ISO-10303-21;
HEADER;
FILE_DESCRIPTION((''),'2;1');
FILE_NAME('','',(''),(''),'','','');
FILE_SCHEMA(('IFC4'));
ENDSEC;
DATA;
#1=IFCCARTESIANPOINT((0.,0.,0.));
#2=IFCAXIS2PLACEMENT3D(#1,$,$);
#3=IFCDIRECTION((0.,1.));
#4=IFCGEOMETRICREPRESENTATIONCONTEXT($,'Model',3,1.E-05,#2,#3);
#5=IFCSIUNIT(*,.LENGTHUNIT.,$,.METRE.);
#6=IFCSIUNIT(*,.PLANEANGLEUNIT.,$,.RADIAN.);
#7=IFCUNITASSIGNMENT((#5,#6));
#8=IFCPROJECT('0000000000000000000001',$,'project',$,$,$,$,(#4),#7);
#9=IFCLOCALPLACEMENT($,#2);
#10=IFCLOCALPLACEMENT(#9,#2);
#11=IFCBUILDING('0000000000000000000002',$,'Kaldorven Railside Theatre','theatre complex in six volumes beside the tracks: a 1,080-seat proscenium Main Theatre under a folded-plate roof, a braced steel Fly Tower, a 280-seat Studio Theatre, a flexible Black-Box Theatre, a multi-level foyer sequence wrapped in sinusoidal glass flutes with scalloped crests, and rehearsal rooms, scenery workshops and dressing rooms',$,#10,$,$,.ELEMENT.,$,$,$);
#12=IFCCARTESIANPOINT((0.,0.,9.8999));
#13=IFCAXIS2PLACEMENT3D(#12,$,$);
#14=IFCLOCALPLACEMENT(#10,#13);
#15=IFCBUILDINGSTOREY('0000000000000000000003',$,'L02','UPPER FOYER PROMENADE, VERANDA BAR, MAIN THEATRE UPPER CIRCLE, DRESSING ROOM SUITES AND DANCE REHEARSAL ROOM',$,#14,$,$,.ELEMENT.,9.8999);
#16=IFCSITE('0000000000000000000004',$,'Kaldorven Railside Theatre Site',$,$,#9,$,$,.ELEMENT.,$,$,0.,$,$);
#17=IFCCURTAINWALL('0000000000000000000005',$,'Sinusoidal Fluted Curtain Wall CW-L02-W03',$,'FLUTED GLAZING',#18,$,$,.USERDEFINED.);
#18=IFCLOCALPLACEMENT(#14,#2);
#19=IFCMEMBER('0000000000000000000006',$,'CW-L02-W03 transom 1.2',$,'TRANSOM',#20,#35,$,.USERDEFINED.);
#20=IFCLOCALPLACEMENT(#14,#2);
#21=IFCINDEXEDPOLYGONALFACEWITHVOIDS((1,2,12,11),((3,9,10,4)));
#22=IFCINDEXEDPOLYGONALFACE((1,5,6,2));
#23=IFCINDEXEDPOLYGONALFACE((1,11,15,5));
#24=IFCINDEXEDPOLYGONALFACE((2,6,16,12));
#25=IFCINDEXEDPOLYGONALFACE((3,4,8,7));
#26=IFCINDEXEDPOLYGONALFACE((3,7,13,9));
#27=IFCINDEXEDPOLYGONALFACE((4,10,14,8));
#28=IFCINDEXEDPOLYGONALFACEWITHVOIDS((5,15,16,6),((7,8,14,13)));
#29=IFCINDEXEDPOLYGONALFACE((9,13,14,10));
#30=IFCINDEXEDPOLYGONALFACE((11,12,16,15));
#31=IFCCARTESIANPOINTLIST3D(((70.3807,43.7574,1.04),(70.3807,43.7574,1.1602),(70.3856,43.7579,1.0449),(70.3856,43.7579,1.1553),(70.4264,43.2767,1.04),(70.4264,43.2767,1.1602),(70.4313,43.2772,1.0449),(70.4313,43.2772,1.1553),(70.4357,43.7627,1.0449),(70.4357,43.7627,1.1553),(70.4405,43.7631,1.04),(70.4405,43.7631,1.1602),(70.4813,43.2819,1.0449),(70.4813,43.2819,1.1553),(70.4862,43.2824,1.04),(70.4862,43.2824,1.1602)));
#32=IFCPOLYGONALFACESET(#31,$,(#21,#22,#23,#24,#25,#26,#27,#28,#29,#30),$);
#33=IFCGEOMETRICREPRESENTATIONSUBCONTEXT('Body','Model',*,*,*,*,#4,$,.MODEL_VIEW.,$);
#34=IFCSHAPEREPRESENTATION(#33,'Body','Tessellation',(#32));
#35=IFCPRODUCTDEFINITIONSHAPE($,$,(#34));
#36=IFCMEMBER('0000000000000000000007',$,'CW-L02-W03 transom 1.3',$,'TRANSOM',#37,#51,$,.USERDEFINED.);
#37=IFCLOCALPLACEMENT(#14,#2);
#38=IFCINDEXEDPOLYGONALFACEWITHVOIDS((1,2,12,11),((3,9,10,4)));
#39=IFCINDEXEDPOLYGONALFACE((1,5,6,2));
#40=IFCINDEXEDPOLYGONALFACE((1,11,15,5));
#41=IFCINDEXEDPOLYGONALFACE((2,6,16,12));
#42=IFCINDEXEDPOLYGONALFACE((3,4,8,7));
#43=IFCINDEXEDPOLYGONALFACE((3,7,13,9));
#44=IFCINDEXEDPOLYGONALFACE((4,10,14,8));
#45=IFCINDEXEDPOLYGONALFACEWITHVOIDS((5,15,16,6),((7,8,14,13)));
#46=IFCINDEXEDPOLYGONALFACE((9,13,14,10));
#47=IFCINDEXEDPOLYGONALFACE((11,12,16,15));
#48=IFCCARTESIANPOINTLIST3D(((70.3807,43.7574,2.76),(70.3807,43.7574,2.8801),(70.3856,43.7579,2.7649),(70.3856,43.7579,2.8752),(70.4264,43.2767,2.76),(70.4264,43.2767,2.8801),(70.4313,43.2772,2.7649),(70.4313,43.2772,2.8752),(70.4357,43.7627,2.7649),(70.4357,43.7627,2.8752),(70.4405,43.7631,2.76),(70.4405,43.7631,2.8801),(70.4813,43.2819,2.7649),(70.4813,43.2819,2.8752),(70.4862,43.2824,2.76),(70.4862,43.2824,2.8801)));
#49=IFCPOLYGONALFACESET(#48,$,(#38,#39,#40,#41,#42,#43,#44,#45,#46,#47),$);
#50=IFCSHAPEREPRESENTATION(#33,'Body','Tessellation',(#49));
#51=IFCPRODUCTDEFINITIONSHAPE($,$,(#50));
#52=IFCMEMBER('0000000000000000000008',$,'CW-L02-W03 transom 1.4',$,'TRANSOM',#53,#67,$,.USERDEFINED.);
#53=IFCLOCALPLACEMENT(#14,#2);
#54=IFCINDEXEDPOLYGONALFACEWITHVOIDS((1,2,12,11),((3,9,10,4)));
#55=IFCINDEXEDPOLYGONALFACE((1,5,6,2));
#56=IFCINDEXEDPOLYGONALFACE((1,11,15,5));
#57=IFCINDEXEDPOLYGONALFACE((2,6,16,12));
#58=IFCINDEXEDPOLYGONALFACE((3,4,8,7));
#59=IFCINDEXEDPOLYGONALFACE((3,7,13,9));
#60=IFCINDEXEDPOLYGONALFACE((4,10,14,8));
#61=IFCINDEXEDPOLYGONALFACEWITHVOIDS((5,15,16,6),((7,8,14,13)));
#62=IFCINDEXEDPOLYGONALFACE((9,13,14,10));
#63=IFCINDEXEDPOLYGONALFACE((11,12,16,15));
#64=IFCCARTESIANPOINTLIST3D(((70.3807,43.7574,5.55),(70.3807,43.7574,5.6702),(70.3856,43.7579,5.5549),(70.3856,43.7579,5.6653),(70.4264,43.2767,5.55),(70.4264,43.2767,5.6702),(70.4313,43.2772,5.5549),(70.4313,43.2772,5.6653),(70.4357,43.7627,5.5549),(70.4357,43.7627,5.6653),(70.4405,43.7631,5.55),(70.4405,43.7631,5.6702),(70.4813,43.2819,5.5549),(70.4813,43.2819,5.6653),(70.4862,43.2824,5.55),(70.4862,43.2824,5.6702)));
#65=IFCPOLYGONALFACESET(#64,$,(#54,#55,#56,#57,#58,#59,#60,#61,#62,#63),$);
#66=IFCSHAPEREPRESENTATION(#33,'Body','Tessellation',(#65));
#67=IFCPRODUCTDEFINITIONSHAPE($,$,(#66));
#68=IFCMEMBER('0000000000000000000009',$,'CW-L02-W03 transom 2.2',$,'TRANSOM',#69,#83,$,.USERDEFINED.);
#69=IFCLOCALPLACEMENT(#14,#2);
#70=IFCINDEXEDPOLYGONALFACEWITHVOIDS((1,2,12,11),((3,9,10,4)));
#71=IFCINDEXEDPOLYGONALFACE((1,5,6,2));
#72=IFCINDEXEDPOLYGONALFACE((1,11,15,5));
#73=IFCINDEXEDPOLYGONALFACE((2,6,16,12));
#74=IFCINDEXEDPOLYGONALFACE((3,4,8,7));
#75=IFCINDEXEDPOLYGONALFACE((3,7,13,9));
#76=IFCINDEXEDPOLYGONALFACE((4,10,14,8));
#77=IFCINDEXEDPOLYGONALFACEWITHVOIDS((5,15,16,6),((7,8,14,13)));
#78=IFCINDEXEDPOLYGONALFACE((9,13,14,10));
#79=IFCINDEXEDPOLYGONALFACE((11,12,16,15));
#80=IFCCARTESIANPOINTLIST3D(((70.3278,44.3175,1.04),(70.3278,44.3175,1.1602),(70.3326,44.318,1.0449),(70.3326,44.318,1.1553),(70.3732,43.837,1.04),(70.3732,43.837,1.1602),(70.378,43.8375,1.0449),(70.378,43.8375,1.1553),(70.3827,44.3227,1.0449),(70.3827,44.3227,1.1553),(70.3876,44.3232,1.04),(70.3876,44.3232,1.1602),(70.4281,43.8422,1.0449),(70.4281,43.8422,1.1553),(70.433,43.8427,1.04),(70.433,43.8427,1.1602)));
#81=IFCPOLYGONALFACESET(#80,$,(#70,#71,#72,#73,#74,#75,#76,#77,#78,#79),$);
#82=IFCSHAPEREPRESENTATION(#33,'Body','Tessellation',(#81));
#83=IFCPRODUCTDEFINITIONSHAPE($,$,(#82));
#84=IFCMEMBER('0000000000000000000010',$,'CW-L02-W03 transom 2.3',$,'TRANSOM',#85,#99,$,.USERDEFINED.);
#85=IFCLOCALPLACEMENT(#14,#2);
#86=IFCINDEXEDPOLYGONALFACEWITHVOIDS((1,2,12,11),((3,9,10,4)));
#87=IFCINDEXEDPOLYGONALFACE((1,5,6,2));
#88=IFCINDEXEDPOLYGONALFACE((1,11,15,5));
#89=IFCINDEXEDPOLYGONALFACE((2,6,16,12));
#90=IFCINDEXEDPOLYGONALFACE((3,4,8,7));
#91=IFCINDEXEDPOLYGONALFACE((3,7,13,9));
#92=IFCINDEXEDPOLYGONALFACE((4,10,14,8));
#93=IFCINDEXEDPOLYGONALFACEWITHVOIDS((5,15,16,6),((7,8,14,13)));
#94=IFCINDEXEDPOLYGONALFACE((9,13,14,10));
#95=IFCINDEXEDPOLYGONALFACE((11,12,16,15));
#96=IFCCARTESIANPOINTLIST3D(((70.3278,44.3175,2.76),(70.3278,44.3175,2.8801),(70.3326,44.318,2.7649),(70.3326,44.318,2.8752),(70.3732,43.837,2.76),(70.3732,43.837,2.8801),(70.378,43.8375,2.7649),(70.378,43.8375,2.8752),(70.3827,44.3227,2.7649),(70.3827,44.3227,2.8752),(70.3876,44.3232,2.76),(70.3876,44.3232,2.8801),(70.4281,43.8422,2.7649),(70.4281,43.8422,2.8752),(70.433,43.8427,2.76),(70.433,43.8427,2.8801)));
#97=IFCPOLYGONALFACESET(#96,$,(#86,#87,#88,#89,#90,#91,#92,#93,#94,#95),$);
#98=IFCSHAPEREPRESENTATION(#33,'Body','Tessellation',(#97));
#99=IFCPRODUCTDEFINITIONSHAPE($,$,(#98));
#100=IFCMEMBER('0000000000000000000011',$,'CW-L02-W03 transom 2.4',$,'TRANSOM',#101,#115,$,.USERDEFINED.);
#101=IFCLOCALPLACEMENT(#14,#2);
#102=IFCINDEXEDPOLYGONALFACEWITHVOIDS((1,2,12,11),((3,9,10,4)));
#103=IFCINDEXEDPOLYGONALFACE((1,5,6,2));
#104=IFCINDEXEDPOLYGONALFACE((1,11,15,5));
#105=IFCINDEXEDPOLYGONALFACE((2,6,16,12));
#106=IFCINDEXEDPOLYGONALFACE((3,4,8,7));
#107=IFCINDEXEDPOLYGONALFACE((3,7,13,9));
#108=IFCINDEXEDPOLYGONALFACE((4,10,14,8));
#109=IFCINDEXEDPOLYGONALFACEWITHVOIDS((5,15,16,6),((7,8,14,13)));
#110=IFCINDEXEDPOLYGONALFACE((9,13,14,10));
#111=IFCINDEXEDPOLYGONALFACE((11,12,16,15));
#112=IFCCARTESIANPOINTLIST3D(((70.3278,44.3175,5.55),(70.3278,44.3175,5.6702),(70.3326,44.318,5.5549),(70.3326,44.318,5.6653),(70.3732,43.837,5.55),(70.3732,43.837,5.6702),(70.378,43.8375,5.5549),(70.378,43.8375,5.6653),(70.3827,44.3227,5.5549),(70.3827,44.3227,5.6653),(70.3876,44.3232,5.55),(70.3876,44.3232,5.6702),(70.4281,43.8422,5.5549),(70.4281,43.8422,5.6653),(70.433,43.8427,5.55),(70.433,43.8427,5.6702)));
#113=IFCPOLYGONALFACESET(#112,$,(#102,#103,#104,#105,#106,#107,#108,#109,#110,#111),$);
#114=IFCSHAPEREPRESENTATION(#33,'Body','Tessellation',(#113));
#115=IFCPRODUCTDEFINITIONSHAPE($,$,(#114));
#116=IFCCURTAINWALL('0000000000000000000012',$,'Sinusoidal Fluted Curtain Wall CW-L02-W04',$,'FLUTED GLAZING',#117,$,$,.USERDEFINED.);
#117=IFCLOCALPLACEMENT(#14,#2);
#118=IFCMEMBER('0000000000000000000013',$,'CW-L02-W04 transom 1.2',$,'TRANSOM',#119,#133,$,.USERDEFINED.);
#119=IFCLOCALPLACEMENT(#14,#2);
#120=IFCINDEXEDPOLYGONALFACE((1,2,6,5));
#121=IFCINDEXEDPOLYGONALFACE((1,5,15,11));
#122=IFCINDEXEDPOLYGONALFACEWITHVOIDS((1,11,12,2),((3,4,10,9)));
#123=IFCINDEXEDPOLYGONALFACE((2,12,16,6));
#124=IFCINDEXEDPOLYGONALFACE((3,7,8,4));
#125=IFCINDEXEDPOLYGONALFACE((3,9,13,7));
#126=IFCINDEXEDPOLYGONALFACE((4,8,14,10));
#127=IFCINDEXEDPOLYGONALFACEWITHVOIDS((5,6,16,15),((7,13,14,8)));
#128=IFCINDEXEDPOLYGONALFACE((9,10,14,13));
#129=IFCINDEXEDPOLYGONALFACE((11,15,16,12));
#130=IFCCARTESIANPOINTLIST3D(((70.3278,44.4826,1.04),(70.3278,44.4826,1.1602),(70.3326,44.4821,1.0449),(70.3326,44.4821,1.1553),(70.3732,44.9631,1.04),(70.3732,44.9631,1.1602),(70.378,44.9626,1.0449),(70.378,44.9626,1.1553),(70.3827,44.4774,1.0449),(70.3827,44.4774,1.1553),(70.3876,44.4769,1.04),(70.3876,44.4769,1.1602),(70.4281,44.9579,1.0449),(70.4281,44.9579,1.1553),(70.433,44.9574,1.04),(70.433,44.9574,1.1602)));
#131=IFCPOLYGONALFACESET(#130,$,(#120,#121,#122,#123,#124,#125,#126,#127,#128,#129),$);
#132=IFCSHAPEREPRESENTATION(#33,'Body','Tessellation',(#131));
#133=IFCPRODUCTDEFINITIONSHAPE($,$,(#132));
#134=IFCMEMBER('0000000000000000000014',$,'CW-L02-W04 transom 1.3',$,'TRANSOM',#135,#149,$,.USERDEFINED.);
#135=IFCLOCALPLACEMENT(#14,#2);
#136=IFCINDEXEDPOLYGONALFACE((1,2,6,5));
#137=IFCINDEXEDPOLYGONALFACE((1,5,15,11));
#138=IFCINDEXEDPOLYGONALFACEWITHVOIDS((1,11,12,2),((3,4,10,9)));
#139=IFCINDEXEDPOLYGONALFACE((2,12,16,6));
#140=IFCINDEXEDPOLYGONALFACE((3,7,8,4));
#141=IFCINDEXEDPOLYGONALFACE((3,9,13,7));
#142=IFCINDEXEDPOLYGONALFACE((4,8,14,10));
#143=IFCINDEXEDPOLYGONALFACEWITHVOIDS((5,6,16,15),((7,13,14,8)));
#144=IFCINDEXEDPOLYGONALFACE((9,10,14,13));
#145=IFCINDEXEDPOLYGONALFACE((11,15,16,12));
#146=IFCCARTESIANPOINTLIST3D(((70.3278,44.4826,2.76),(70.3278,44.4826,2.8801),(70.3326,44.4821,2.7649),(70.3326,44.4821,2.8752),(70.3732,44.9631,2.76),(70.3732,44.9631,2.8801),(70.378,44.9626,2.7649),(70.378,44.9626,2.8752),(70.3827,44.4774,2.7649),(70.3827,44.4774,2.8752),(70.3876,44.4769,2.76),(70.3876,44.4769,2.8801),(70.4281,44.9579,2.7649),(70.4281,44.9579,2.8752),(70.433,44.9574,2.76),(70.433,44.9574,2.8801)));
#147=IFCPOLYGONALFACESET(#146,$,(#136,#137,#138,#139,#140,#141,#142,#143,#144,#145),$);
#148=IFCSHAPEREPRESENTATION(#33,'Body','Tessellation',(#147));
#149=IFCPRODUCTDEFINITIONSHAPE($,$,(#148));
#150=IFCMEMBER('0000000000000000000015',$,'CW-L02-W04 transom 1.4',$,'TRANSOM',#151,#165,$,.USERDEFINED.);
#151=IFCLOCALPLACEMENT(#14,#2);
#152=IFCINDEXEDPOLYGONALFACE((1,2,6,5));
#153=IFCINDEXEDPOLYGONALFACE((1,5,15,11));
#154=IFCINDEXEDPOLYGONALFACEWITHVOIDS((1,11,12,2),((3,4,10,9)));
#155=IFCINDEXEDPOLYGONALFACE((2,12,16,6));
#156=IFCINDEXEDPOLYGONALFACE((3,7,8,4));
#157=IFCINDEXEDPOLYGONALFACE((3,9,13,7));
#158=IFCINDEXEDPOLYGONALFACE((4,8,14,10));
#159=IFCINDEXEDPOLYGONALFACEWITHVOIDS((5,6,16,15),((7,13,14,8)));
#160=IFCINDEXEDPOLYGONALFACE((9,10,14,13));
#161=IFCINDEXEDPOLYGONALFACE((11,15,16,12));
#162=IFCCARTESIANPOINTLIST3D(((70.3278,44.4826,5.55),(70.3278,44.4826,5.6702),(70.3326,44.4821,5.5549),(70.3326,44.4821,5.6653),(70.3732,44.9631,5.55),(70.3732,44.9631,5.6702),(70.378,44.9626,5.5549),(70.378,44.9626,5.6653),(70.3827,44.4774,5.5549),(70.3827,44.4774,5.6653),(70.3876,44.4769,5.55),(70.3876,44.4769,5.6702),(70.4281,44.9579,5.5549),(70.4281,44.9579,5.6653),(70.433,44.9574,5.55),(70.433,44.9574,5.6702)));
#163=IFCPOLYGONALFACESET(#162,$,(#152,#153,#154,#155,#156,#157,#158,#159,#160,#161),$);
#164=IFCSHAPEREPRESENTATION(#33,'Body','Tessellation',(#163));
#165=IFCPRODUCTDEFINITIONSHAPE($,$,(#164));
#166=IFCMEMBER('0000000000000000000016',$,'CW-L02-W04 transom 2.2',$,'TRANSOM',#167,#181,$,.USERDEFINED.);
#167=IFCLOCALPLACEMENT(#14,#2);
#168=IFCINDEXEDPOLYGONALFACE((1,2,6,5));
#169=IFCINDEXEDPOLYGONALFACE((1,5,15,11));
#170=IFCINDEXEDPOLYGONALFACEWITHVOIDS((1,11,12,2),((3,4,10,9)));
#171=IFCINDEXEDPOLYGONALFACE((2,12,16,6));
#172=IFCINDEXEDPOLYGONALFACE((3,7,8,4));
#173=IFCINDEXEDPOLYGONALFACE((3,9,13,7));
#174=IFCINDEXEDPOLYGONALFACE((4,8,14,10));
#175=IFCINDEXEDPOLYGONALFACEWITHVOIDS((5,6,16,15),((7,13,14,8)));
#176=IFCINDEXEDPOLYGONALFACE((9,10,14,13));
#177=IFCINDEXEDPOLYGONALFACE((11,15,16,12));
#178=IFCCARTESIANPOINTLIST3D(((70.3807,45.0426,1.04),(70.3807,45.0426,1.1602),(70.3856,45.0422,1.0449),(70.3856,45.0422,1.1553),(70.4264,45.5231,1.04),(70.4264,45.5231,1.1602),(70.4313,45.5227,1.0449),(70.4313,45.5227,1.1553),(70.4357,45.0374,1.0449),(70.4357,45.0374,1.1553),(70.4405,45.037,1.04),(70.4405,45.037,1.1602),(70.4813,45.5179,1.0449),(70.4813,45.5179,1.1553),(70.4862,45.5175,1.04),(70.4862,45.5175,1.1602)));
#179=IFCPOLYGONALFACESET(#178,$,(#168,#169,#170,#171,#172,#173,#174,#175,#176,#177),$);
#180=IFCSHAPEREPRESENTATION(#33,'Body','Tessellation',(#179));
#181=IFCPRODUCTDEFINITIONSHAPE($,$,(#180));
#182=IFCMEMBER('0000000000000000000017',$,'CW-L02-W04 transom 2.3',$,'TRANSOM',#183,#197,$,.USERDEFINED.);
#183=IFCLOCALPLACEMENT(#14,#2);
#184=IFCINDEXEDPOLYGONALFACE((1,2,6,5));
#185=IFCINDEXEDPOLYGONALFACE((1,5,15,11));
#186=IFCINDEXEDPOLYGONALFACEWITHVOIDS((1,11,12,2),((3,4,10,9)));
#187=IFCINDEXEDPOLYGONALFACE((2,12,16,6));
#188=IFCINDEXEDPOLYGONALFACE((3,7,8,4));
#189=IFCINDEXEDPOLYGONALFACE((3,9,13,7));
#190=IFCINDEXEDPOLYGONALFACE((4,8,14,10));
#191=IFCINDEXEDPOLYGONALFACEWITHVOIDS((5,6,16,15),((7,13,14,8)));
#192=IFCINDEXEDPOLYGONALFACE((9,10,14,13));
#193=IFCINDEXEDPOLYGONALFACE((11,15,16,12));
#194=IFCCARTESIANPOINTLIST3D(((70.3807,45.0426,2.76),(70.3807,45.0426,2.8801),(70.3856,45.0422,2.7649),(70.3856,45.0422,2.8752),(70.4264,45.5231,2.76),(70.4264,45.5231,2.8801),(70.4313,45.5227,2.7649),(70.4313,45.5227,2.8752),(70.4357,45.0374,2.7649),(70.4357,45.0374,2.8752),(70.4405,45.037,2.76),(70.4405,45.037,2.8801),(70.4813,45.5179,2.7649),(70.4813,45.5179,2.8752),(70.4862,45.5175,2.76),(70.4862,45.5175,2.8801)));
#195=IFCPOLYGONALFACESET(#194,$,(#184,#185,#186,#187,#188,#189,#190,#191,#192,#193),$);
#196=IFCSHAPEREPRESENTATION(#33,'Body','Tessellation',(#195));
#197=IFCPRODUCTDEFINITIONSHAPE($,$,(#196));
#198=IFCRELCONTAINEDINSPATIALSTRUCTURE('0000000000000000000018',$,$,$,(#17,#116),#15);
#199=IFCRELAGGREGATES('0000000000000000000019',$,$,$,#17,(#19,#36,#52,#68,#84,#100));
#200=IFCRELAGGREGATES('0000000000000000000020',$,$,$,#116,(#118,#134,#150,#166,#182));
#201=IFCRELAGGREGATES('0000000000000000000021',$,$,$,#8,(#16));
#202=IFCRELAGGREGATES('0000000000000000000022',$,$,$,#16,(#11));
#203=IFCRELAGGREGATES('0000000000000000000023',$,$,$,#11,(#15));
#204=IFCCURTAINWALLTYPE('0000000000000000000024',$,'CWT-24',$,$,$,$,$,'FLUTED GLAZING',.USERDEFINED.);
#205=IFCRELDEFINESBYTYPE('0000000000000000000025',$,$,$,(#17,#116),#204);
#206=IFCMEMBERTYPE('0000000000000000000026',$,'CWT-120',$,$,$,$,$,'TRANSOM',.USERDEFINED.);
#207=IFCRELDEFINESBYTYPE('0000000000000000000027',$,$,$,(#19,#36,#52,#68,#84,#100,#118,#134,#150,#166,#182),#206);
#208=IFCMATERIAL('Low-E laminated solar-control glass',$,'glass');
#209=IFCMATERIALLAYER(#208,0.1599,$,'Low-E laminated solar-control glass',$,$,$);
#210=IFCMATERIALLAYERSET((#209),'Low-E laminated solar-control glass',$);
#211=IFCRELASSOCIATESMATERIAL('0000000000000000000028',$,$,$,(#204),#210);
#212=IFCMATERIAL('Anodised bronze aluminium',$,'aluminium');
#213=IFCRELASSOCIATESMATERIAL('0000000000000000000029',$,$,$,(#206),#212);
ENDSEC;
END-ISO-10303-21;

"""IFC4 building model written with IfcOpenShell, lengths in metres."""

from ifc_helpers import new_model, si_unit, direction, frame, origin, origin_2d, place, context, subcontext, project, spatial, hollow_rectangle, extrude, material, layer, layer_set, material_profile, profile_set, type_object, element, aggregate, save


model = new_model("IFC4")

# Units and contexts
model_context = context("Model", 3, precision=1e-05, world=origin(), true_north=direction((0.0, 1.0)))
body_context = subcontext(model_context, "Body", "Model", "MODEL_VIEW")
ifc_project = project(units=[si_unit("LENGTHUNIT", "METRE"), si_unit("PLANEANGLEUNIT", "RADIAN")], contexts=[model_context])

# Site, building, storey
site_placement = place(None, origin())
site = spatial("IfcSite", under=ifc_project, at=site_placement, Name="Kaldorven Railside Theatre Site", CompositionType="ELEMENT", RefElevation=0.0)
building_placement = place(site_placement, origin())
building = spatial("IfcBuilding", under=site, at=building_placement, Name="Kaldorven Railside Theatre", Description="theatre complex in six volumes beside the tracks: a 1,080-seat proscenium Main Theatre under a folded-plate roof, a braced steel Fly Tower, a 280-seat Studio Theatre, a flexible Black-Box Theatre, a multi-level foyer sequence wrapped in sinusoidal glass flutes with scalloped crests, and rehearsal rooms, scenery workshops and dressing rooms", CompositionType="ELEMENT")
storey_placement = place(building_placement, frame((0.0, 0.0, 9.8999)))
storey = spatial("IfcBuildingStorey", under=building, at=storey_placement, Name="L02", Description="UPPER FOYER PROMENADE, VERANDA BAR, MAIN THEATRE UPPER CIRCLE, DRESSING ROOM SUITES AND DANCE REHEARSAL ROOM", CompositionType="ELEMENT", Elevation=9.8999)

# Curtain walls, members
ifc_material_1 = material(Name="Low-E laminated solar-control glass", Category="glass")
ifc_layer_1 = layer(ifc_material_1, 0.1599, Name="Low-E laminated solar-control glass")
ifc_layer_set_1 = layer_set([ifc_layer_1], Name="Low-E laminated solar-control glass")
curtain_wall_type_1 = type_object("IfcCurtainWallType", Name="CWT-24", ElementType="FLUTED GLAZING", PredefinedType="USERDEFINED", material=ifc_layer_set_1)
curtain_wall_1_placement = place(storey_placement, origin())
curtain_wall_1 = element("IfcCurtainWall", 1, at=curtain_wall_1_placement, inside=storey, type_object=curtain_wall_type_1, Name="Sinusoidal Fluted Curtain Wall CW-L02-W03", ObjectType="FLUTED GLAZING", PredefinedType="USERDEFINED")
ifc_material_2 = material(Name="Anodised bronze aluminium", Category="aluminium")
ifc_material_profile = material_profile(ifc_material_2, hollow_rectangle(XDim=0.0601, YDim=0.1201, WallThickness=0.0049, at=origin_2d()), Name="RHS 120x60x5")
ifc_profile_set = profile_set([ifc_material_profile], Name="Anodised bronze aluminium")
member_type = type_object("IfcMemberType", Name="CWT-120", ElementType="TRANSOM", PredefinedType="USERDEFINED", material=ifc_profile_set)
member_1_placement = place(storey_placement, frame((70.4563, 43.2795, 1.1001), z_axis=(-0.094547, 0.99552, 0.0), x_axis=(-0.99552, -0.094547, 0.0)))
member_1 = element("IfcMember", 2, at=member_1_placement, type_object=member_type, Name="CW-L02-W03 transom 1.2", ObjectType="TRANSOM", PredefinedType="USERDEFINED", context=body_context, shape_type="SweptSolid", body=[
    extrude(hollow_rectangle(XDim=0.0601, YDim=0.1201, WallThickness=0.0049, at=origin_2d()), origin(), (0.0, 0.0, 1.0), 0.4829),
])
member_2_placement = place(storey_placement, frame((70.4563, 43.2795, 2.8201), z_axis=(-0.094547, 0.99552, 0.0), x_axis=(-0.99552, -0.094547, 0.0)))
member_2 = element("IfcMember", 3, at=member_2_placement, type_object=member_type, Name="CW-L02-W03 transom 1.3", ObjectType="TRANSOM", PredefinedType="USERDEFINED", context=body_context, shape_type="SweptSolid", body=[
    extrude(hollow_rectangle(XDim=0.0601, YDim=0.1201, WallThickness=0.0049, at=origin_2d()), origin(), (0.0, 0.0, 1.0), 0.4829),
])
member_3_placement = place(storey_placement, frame((70.4563, 43.2795, 5.6101), z_axis=(-0.094547, 0.99552, 0.0), x_axis=(-0.99552, -0.094547, 0.0)))
member_3 = element("IfcMember", 4, at=member_3_placement, type_object=member_type, Name="CW-L02-W03 transom 1.4", ObjectType="TRANSOM", PredefinedType="USERDEFINED", context=body_context, shape_type="SweptSolid", body=[
    extrude(hollow_rectangle(XDim=0.0601, YDim=0.1201, WallThickness=0.0049, at=origin_2d()), origin(), (0.0, 0.0, 1.0), 0.4829),
])
member_4_placement = place(storey_placement, frame((70.4031, 43.8398, 1.1001), z_axis=(-0.094093, 0.995563, 0.0), x_axis=(-0.995563, -0.094093, 0.0)))
member_4 = element("IfcMember", 5, at=member_4_placement, type_object=member_type, Name="CW-L02-W03 transom 2.2", ObjectType="TRANSOM", PredefinedType="USERDEFINED", context=body_context, shape_type="SweptSolid", body=[
    extrude(hollow_rectangle(XDim=0.0601, YDim=0.1201, WallThickness=0.0049, at=origin_2d()), origin(), (0.0, 0.0, 1.0), 0.4827),
])
member_5_placement = place(storey_placement, frame((70.4031, 43.8398, 2.8201), z_axis=(-0.094093, 0.995563, 0.0), x_axis=(-0.995563, -0.094093, 0.0)))
member_5 = element("IfcMember", 6, at=member_5_placement, type_object=member_type, Name="CW-L02-W03 transom 2.3", ObjectType="TRANSOM", PredefinedType="USERDEFINED", context=body_context, shape_type="SweptSolid", body=[
    extrude(hollow_rectangle(XDim=0.0601, YDim=0.1201, WallThickness=0.0049, at=origin_2d()), origin(), (0.0, 0.0, 1.0), 0.4827),
])
member_6_placement = place(storey_placement, frame((70.4031, 43.8398, 5.6101), z_axis=(-0.094093, 0.995563, 0.0), x_axis=(-0.995563, -0.094093, 0.0)))
member_6 = element("IfcMember", 7, at=member_6_placement, type_object=member_type, Name="CW-L02-W03 transom 2.4", ObjectType="TRANSOM", PredefinedType="USERDEFINED", context=body_context, shape_type="SweptSolid", body=[
    extrude(hollow_rectangle(XDim=0.0601, YDim=0.1201, WallThickness=0.0049, at=origin_2d()), origin(), (0.0, 0.0, 1.0), 0.4827),
])
curtain_wall_2_placement = place(storey_placement, origin())
curtain_wall_2 = element("IfcCurtainWall", 8, at=curtain_wall_2_placement, inside=storey, type_object=curtain_wall_type_1, Name="Sinusoidal Fluted Curtain Wall CW-L02-W04", ObjectType="FLUTED GLAZING", PredefinedType="USERDEFINED")
member_7_placement = place(storey_placement, frame((70.3577, 44.4797, 1.1001), z_axis=(0.094093, 0.995563, 0.0), x_axis=(-0.995563, 0.094093, 0.0)))
member_7 = element("IfcMember", 9, at=member_7_placement, type_object=member_type, Name="CW-L02-W04 transom 1.2", ObjectType="TRANSOM", PredefinedType="USERDEFINED", context=body_context, shape_type="SweptSolid", body=[
    extrude(hollow_rectangle(XDim=0.0601, YDim=0.1201, WallThickness=0.0049, at=origin_2d()), origin(), (0.0, 0.0, 1.0), 0.4827),
])
member_8_placement = place(storey_placement, frame((70.3577, 44.4797, 2.8201), z_axis=(0.094093, 0.995563, 0.0), x_axis=(-0.995563, 0.094093, 0.0)))
member_8 = element("IfcMember", 10, at=member_8_placement, type_object=member_type, Name="CW-L02-W04 transom 1.3", ObjectType="TRANSOM", PredefinedType="USERDEFINED", context=body_context, shape_type="SweptSolid", body=[
    extrude(hollow_rectangle(XDim=0.0601, YDim=0.1201, WallThickness=0.0049, at=origin_2d()), origin(), (0.0, 0.0, 1.0), 0.4827),
])
member_9_placement = place(storey_placement, frame((70.3577, 44.4797, 5.6101), z_axis=(0.094093, 0.995563, 0.0), x_axis=(-0.995563, 0.094093, 0.0)))
member_9 = element("IfcMember", 11, at=member_9_placement, type_object=member_type, Name="CW-L02-W04 transom 1.4", ObjectType="TRANSOM", PredefinedType="USERDEFINED", context=body_context, shape_type="SweptSolid", body=[
    extrude(hollow_rectangle(XDim=0.0601, YDim=0.1201, WallThickness=0.0049, at=origin_2d()), origin(), (0.0, 0.0, 1.0), 0.4827),
])
member_10_placement = place(storey_placement, frame((70.4106, 45.0398, 1.1001), z_axis=(0.094594, 0.995516, 0.0), x_axis=(-0.995516, 0.094594, 0.0)))
member_10 = element("IfcMember", 12, at=member_10_placement, type_object=member_type, Name="CW-L02-W04 transom 2.2", ObjectType="TRANSOM", PredefinedType="USERDEFINED", context=body_context, shape_type="SweptSolid", body=[
    extrude(hollow_rectangle(XDim=0.0601, YDim=0.1201, WallThickness=0.0049, at=origin_2d()), origin(), (0.0, 0.0, 1.0), 0.4827),
])
member_11_placement = place(storey_placement, frame((70.4106, 45.0398, 2.8201), z_axis=(0.094594, 0.995516, 0.0), x_axis=(-0.995516, 0.094594, 0.0)))
member_11 = element("IfcMember", 13, at=member_11_placement, type_object=member_type, Name="CW-L02-W04 transom 2.3", ObjectType="TRANSOM", PredefinedType="USERDEFINED", context=body_context, shape_type="SweptSolid", body=[
    extrude(hollow_rectangle(XDim=0.0601, YDim=0.1201, WallThickness=0.0049, at=origin_2d()), origin(), (0.0, 0.0, 1.0), 0.4827),
])

aggregate(curtain_wall_1, [member_1, member_2, member_3, member_4, member_5, member_6])
aggregate(curtain_wall_2, [member_7, member_8, member_9, member_10, member_11])

save(model, "model.ifc")
